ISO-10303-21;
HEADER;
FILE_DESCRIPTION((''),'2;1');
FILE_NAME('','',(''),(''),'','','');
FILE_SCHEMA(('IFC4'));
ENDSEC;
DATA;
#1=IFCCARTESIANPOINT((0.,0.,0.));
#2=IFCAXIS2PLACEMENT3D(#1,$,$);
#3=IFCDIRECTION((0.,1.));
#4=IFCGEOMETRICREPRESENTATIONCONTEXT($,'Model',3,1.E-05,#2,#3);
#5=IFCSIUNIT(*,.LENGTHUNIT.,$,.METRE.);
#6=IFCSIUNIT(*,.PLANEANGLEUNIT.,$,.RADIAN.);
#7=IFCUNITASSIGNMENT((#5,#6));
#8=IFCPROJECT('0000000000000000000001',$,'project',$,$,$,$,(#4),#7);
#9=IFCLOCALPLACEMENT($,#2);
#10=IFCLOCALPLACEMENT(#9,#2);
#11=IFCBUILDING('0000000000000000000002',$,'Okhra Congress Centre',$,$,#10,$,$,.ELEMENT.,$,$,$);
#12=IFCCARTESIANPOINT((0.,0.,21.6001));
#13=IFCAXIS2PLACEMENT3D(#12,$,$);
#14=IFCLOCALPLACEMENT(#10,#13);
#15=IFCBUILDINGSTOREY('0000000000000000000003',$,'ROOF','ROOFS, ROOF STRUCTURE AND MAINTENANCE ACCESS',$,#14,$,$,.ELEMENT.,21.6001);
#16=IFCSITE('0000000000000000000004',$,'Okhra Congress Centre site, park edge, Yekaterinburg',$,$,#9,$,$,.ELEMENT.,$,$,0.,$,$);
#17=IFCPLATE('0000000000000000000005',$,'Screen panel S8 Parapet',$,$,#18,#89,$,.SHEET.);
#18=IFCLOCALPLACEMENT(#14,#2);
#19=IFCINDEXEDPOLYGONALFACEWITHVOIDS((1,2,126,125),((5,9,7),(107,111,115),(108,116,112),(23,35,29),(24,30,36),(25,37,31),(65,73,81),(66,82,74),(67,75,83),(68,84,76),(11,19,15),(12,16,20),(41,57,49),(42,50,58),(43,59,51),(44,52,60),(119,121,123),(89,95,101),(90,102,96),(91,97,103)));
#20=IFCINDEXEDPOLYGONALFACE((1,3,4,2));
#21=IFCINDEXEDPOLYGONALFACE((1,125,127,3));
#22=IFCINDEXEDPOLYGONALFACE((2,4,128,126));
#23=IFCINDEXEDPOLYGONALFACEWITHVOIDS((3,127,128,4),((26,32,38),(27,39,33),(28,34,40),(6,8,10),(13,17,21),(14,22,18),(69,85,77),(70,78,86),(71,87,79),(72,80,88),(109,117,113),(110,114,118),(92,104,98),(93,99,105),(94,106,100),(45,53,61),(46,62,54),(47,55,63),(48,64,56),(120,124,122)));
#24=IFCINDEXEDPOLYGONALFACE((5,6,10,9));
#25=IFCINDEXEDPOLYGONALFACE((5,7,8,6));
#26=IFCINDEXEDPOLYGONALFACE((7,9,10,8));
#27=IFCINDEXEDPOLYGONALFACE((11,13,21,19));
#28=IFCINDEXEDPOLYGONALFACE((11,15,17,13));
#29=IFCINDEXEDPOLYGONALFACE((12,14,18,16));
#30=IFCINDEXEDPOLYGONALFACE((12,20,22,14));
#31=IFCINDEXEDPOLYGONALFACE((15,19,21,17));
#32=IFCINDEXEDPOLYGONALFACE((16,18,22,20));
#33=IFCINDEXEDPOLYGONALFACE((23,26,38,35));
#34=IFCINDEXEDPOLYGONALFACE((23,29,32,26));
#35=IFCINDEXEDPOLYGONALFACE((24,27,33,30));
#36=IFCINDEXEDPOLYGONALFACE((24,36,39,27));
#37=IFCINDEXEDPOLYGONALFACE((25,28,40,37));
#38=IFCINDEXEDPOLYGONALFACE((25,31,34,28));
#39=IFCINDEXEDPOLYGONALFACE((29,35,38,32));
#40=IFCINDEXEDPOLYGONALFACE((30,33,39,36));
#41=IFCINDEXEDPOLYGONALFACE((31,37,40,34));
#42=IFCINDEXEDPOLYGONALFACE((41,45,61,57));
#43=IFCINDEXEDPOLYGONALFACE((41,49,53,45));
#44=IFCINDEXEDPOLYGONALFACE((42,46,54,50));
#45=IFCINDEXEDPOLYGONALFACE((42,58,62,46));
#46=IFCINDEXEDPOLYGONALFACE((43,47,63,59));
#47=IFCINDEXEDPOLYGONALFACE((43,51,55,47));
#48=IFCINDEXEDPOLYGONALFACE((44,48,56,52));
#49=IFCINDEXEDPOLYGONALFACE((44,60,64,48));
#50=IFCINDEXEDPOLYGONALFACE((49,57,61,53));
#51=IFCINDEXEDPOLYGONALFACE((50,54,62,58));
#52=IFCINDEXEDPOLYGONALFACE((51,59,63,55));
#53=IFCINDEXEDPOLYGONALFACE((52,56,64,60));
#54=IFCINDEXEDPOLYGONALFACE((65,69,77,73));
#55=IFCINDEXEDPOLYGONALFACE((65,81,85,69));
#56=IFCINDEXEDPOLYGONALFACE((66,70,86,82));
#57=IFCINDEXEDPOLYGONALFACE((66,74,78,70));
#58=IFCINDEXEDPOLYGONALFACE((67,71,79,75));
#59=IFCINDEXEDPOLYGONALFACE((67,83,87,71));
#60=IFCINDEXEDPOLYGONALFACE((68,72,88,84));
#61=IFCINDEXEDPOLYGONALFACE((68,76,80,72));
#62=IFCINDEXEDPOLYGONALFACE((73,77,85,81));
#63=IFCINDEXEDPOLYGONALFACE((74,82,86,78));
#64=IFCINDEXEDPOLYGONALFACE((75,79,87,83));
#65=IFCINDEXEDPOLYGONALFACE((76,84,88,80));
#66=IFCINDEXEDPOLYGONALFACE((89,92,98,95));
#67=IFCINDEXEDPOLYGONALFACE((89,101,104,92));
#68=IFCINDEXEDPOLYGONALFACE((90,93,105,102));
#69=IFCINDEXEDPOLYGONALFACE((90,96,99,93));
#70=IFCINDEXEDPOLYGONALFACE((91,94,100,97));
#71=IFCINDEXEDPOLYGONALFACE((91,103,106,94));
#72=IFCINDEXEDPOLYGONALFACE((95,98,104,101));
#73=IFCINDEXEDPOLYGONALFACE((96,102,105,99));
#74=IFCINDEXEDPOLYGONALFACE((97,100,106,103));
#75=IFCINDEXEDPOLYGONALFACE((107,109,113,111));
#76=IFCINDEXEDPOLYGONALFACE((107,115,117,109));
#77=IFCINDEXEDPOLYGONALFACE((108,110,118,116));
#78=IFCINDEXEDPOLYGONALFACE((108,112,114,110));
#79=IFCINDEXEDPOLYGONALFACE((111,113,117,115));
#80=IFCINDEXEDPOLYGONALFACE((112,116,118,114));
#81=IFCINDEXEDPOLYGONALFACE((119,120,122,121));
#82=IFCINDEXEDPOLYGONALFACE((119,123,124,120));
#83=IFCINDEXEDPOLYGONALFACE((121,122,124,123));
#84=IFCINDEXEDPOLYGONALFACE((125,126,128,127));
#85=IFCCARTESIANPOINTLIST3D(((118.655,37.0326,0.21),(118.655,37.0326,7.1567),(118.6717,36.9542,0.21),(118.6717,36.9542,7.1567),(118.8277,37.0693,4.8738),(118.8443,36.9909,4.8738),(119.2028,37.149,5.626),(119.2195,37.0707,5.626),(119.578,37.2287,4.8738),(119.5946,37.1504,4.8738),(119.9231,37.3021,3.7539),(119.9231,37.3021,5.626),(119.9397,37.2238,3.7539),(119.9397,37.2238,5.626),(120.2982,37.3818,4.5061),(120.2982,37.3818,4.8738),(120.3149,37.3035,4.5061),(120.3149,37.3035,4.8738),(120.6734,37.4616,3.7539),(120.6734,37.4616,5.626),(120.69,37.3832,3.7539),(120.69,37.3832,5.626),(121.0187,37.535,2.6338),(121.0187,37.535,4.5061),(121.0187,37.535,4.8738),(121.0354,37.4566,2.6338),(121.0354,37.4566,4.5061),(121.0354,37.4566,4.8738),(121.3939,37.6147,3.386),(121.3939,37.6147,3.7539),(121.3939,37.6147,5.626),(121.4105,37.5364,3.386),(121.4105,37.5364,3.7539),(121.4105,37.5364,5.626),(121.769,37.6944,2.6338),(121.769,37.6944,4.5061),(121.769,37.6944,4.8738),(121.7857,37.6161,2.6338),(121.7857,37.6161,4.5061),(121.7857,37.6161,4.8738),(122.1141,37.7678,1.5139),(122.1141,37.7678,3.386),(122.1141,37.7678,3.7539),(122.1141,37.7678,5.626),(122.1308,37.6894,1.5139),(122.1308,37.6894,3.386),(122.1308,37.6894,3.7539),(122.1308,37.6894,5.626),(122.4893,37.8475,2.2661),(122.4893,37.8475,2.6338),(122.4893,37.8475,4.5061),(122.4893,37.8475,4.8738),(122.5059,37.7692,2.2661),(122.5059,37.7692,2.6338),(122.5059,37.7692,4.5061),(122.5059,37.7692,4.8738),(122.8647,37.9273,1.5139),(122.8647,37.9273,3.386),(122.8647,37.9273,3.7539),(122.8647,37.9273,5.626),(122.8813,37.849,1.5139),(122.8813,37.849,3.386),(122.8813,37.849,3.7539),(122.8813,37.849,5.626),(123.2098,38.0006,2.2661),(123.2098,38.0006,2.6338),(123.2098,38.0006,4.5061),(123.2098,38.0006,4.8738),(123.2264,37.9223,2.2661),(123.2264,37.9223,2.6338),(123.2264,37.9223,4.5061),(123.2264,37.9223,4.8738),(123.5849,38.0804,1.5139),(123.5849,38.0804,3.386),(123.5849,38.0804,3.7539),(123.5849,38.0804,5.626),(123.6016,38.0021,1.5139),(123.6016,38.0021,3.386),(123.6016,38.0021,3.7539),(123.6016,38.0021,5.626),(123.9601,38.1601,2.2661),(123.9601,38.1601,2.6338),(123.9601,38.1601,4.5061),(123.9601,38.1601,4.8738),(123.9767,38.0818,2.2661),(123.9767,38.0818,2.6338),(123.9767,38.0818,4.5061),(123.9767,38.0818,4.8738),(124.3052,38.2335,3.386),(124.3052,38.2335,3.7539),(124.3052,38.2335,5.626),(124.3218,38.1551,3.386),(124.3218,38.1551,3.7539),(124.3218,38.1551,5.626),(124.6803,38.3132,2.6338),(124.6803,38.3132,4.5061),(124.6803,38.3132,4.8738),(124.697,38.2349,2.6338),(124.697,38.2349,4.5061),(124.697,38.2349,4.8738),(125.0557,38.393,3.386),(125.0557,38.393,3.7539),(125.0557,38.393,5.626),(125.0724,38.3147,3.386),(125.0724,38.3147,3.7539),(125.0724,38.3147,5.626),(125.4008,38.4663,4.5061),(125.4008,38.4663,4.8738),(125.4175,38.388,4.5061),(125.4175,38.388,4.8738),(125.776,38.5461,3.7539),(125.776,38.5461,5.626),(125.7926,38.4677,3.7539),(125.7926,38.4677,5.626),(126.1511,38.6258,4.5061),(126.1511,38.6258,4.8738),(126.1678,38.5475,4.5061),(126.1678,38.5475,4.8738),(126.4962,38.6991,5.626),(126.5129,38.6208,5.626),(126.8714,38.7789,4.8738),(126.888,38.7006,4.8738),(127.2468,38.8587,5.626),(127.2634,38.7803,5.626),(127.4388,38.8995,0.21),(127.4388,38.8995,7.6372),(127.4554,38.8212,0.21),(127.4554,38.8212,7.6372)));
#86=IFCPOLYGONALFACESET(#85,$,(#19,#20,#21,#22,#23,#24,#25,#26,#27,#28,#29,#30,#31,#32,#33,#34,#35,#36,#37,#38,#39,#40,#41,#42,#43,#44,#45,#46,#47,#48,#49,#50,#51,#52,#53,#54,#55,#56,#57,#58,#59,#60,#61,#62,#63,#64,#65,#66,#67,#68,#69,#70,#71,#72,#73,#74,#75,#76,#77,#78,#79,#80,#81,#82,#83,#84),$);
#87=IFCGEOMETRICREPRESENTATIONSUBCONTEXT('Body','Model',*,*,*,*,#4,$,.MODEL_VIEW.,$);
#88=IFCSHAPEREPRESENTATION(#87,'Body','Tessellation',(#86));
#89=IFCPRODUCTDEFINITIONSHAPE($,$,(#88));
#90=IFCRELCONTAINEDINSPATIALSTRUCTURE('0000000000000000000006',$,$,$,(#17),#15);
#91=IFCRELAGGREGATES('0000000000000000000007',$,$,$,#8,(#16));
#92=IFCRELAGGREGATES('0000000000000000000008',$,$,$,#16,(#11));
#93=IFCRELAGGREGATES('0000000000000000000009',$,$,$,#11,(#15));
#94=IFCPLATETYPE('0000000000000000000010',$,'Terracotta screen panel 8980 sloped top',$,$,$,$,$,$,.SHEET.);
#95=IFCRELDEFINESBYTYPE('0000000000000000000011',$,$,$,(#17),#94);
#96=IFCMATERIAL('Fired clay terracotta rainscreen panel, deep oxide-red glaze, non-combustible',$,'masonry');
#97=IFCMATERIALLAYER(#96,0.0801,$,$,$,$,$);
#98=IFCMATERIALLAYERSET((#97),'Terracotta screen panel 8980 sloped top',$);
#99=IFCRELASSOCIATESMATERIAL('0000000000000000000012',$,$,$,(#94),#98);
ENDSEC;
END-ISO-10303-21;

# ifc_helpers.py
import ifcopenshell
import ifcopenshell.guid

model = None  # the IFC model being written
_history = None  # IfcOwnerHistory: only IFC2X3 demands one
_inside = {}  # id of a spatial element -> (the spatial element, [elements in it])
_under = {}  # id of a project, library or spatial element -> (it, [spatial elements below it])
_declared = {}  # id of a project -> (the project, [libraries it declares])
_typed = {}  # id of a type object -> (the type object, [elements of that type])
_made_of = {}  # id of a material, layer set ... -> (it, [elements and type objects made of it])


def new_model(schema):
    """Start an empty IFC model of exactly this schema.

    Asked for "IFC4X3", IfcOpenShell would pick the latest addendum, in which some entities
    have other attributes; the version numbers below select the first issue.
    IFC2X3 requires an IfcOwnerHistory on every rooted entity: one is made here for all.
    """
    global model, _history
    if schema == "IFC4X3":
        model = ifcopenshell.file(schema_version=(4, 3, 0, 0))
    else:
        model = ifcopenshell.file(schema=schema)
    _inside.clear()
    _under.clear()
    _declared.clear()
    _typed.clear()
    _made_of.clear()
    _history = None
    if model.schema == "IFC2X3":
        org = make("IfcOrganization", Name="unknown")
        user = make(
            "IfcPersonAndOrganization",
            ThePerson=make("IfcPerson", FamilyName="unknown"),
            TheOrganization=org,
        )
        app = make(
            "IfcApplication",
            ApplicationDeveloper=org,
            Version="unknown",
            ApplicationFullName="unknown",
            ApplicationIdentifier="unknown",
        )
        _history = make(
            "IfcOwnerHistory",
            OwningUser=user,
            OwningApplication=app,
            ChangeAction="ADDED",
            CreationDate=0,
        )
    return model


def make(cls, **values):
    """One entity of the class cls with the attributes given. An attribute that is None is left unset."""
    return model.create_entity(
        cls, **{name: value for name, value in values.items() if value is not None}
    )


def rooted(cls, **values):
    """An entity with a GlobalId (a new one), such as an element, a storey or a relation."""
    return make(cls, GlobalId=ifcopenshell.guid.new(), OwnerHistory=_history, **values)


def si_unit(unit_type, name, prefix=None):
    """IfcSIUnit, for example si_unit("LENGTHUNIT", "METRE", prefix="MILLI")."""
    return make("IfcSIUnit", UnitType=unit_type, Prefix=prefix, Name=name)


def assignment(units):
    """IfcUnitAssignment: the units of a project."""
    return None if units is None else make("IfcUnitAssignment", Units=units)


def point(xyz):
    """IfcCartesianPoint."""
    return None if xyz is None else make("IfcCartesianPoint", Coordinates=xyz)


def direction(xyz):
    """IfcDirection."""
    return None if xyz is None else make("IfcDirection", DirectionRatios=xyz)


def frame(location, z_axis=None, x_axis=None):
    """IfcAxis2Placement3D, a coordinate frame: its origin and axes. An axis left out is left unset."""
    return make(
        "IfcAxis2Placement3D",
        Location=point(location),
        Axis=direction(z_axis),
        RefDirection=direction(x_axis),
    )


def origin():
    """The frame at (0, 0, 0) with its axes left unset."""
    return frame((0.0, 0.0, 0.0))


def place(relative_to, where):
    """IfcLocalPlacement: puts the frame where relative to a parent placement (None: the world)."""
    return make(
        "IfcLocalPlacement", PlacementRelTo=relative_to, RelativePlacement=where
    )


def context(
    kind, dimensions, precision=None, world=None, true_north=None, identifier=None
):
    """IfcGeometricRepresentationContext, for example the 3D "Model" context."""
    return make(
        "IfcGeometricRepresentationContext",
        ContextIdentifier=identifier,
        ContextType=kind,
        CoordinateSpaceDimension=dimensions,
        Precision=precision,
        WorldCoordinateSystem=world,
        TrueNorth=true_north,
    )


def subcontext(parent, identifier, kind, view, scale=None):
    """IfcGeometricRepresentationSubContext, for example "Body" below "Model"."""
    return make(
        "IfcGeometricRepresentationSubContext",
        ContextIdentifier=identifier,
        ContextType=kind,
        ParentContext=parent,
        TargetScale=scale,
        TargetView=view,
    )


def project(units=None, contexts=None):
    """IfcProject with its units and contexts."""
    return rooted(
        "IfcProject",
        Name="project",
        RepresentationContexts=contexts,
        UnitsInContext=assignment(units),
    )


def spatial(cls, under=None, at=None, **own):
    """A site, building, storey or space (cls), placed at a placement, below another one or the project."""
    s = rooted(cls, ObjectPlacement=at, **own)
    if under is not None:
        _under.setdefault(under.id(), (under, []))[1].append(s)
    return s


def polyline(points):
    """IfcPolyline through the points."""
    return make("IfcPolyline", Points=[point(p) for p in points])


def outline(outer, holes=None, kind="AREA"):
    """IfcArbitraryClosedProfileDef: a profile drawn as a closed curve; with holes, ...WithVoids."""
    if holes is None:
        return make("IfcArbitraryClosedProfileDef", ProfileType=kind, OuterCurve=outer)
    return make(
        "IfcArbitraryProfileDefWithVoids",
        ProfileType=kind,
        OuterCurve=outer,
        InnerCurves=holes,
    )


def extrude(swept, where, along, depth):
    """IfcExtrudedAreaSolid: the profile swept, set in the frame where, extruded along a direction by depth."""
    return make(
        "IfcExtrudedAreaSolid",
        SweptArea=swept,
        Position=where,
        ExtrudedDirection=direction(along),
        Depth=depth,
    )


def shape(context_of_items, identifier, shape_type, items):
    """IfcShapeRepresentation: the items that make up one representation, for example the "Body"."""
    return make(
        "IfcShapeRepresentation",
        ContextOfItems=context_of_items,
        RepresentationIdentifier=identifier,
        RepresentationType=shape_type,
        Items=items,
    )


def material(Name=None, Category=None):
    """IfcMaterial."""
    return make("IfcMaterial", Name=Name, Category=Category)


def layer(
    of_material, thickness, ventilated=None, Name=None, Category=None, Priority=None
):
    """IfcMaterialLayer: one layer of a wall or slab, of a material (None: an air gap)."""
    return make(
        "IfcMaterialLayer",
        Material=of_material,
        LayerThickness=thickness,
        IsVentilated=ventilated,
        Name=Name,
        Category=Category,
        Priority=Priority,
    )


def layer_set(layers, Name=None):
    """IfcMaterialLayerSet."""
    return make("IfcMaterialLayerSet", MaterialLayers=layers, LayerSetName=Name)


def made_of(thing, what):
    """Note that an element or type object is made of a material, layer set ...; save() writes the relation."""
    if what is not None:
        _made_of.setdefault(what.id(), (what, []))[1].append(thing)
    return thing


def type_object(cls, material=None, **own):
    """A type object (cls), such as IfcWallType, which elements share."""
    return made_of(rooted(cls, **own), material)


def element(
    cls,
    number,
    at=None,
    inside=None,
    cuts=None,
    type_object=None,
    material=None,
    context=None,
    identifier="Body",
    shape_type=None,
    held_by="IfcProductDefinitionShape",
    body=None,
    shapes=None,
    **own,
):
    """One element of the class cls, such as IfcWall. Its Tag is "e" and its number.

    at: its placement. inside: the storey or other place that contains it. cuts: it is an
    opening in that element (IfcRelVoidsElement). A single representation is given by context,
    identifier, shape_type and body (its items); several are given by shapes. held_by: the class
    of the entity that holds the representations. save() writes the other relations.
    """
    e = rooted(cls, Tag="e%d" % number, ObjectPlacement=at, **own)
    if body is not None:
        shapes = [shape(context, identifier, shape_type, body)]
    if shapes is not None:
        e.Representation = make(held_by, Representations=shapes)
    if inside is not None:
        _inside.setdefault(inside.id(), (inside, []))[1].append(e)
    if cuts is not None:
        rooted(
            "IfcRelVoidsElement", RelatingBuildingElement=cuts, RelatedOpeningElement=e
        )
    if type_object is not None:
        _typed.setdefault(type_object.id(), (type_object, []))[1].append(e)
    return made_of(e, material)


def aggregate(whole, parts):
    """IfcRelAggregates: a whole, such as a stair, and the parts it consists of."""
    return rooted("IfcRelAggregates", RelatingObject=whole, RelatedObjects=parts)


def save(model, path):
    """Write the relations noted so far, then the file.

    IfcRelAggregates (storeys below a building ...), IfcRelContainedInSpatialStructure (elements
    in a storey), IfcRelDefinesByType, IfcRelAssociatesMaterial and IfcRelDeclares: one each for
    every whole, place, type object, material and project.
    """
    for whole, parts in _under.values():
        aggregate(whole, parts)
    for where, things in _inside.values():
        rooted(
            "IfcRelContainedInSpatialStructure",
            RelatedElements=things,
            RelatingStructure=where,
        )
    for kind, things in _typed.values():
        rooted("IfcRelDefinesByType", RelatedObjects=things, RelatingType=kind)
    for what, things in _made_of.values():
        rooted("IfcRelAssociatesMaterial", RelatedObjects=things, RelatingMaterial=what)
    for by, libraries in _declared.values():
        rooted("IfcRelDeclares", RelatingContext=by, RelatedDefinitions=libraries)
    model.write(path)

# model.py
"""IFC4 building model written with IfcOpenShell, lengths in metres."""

from ifc_helpers import new_model, si_unit, direction, frame, origin, place, context, subcontext, project, spatial, polyline, outline, extrude, material, layer, layer_set, type_object, element, save


model = new_model("IFC4")

# Units and contexts
model_context = context("Model", 3, precision=1e-05, world=origin(), true_north=direction((0.0, 1.0)))
body_context = subcontext(model_context, "Body", "Model", "MODEL_VIEW")
ifc_project = project(units=[si_unit("LENGTHUNIT", "METRE"), si_unit("PLANEANGLEUNIT", "RADIAN")], contexts=[model_context])

# Site, building, storey
site_placement = place(None, origin())
site = spatial("IfcSite", under=ifc_project, at=site_placement, Name="Okhra Congress Centre site, park edge, Yekaterinburg", CompositionType="ELEMENT", RefElevation=0.0)
building_placement = place(site_placement, origin())
building = spatial("IfcBuilding", under=site, at=building_placement, Name="Okhra Congress Centre", CompositionType="ELEMENT")
storey_placement = place(building_placement, frame((0.0, 0.0, 21.6001)))
storey = spatial("IfcBuildingStorey", under=building, at=storey_placement, Name="ROOF", Description="ROOFS, ROOF STRUCTURE AND MAINTENANCE ACCESS", CompositionType="ELEMENT", Elevation=21.6001)

# Plate
ifc_material_1 = material(Name="Fired clay terracotta rainscreen panel, deep oxide-red glaze, non-combustible", Category="masonry")
ifc_layer = layer(ifc_material_1, 0.0801)
ifc_layer_set = layer_set([ifc_layer], Name="Terracotta screen panel 8980 sloped top")
plate_type = type_object("IfcPlateType", Name="Terracotta screen panel 8980 sloped top", PredefinedType="SHEET", material=ifc_layer_set)
plate_1_placement = place(storey_placement, frame((118.6633, 36.9934, 0.21), z_axis=(0.0, 0.0, 1.0), x_axis=(0.978151, 0.207897, 0.0)))
element("IfcPlate", 1, at=plate_1_placement, inside=storey, type_object=plate_type, Name="Screen panel S8 Parapet", PredefinedType="SHEET", context=body_context, shape_type="SweptSolid", body=[
    extrude(outline(polyline([(0.0, 0.0), (8.98, 0.0), (8.98, 7.4272), (0.0, 6.9468), (0.0, 0.0)]), holes=[polyline([(3.5364, 1.304), (4.3037, 1.304), (3.9199, 2.0562), (3.5364, 1.304)]), polyline([(4.6565, 2.0562), (5.04, 1.304), (5.4236, 2.0562), (4.6565, 2.0562)]), polyline([(2.4165, 2.4238), (3.1836, 2.4238), (2.8, 3.176), (2.4165, 2.4238)]), polyline([(3.5364, 3.176), (3.9199, 2.4238), (4.3037, 3.176), (3.5364, 3.176)]), polyline([(4.6565, 2.4238), (5.4236, 2.4238), (5.04, 3.176), (4.6565, 2.4238)]), polyline([(5.7764, 3.176), (6.1599, 2.4238), (6.5437, 3.176), (5.7764, 3.176)]), polyline([(1.2964, 3.5439), (2.0635, 3.5439), (1.6799, 4.2961), (1.2964, 3.5439)]), polyline([(2.4165, 4.2961), (2.8, 3.5439), (3.1836, 4.2961), (2.4165, 4.2961)]), polyline([(3.5364, 3.5439), (4.3037, 3.5439), (3.9199, 4.2961), (3.5364, 3.5439)]), polyline([(4.6565, 4.2961), (5.04, 3.5439), (5.4236, 4.2961), (4.6565, 4.2961)]), polyline([(5.7764, 3.5439), (6.5437, 3.5439), (6.1599, 4.2961), (5.7764, 3.5439)]), polyline([(6.8965, 4.2961), (7.28, 3.5439), (7.6636, 4.2961), (6.8965, 4.2961)]), polyline([(0.1765, 4.6638), (0.9436, 4.6638), (0.5601, 5.416), (0.1765, 4.6638)]), polyline([(1.2964, 5.416), (1.6799, 4.6638), (2.0635, 5.416), (1.2964, 5.416)]), polyline([(2.4165, 4.6638), (3.1836, 4.6638), (2.8, 5.416), (2.4165, 4.6638)]), polyline([(3.5364, 5.416), (3.9199, 4.6638), (4.3037, 5.416), (3.5364, 5.416)]), polyline([(4.6565, 4.6638), (5.4236, 4.6638), (5.04, 5.416), (4.6565, 4.6638)]), polyline([(5.7764, 5.416), (6.1599, 4.6638), (6.5437, 5.416), (5.7764, 5.416)]), polyline([(6.8965, 4.6638), (7.6636, 4.6638), (7.28, 5.416), (6.8965, 4.6638)]), polyline([(8.0164, 5.416), (8.3999, 4.6638), (8.7837, 5.416), (8.0164, 5.416)])]), frame((0.0, 0.04, 0.0), z_axis=(0.0, -1.0, 0.0), x_axis=(1.0, 0.0, 0.0)), (0.0, 0.0, 1.0), 0.0801),
])

save(model, "model.ifc")
